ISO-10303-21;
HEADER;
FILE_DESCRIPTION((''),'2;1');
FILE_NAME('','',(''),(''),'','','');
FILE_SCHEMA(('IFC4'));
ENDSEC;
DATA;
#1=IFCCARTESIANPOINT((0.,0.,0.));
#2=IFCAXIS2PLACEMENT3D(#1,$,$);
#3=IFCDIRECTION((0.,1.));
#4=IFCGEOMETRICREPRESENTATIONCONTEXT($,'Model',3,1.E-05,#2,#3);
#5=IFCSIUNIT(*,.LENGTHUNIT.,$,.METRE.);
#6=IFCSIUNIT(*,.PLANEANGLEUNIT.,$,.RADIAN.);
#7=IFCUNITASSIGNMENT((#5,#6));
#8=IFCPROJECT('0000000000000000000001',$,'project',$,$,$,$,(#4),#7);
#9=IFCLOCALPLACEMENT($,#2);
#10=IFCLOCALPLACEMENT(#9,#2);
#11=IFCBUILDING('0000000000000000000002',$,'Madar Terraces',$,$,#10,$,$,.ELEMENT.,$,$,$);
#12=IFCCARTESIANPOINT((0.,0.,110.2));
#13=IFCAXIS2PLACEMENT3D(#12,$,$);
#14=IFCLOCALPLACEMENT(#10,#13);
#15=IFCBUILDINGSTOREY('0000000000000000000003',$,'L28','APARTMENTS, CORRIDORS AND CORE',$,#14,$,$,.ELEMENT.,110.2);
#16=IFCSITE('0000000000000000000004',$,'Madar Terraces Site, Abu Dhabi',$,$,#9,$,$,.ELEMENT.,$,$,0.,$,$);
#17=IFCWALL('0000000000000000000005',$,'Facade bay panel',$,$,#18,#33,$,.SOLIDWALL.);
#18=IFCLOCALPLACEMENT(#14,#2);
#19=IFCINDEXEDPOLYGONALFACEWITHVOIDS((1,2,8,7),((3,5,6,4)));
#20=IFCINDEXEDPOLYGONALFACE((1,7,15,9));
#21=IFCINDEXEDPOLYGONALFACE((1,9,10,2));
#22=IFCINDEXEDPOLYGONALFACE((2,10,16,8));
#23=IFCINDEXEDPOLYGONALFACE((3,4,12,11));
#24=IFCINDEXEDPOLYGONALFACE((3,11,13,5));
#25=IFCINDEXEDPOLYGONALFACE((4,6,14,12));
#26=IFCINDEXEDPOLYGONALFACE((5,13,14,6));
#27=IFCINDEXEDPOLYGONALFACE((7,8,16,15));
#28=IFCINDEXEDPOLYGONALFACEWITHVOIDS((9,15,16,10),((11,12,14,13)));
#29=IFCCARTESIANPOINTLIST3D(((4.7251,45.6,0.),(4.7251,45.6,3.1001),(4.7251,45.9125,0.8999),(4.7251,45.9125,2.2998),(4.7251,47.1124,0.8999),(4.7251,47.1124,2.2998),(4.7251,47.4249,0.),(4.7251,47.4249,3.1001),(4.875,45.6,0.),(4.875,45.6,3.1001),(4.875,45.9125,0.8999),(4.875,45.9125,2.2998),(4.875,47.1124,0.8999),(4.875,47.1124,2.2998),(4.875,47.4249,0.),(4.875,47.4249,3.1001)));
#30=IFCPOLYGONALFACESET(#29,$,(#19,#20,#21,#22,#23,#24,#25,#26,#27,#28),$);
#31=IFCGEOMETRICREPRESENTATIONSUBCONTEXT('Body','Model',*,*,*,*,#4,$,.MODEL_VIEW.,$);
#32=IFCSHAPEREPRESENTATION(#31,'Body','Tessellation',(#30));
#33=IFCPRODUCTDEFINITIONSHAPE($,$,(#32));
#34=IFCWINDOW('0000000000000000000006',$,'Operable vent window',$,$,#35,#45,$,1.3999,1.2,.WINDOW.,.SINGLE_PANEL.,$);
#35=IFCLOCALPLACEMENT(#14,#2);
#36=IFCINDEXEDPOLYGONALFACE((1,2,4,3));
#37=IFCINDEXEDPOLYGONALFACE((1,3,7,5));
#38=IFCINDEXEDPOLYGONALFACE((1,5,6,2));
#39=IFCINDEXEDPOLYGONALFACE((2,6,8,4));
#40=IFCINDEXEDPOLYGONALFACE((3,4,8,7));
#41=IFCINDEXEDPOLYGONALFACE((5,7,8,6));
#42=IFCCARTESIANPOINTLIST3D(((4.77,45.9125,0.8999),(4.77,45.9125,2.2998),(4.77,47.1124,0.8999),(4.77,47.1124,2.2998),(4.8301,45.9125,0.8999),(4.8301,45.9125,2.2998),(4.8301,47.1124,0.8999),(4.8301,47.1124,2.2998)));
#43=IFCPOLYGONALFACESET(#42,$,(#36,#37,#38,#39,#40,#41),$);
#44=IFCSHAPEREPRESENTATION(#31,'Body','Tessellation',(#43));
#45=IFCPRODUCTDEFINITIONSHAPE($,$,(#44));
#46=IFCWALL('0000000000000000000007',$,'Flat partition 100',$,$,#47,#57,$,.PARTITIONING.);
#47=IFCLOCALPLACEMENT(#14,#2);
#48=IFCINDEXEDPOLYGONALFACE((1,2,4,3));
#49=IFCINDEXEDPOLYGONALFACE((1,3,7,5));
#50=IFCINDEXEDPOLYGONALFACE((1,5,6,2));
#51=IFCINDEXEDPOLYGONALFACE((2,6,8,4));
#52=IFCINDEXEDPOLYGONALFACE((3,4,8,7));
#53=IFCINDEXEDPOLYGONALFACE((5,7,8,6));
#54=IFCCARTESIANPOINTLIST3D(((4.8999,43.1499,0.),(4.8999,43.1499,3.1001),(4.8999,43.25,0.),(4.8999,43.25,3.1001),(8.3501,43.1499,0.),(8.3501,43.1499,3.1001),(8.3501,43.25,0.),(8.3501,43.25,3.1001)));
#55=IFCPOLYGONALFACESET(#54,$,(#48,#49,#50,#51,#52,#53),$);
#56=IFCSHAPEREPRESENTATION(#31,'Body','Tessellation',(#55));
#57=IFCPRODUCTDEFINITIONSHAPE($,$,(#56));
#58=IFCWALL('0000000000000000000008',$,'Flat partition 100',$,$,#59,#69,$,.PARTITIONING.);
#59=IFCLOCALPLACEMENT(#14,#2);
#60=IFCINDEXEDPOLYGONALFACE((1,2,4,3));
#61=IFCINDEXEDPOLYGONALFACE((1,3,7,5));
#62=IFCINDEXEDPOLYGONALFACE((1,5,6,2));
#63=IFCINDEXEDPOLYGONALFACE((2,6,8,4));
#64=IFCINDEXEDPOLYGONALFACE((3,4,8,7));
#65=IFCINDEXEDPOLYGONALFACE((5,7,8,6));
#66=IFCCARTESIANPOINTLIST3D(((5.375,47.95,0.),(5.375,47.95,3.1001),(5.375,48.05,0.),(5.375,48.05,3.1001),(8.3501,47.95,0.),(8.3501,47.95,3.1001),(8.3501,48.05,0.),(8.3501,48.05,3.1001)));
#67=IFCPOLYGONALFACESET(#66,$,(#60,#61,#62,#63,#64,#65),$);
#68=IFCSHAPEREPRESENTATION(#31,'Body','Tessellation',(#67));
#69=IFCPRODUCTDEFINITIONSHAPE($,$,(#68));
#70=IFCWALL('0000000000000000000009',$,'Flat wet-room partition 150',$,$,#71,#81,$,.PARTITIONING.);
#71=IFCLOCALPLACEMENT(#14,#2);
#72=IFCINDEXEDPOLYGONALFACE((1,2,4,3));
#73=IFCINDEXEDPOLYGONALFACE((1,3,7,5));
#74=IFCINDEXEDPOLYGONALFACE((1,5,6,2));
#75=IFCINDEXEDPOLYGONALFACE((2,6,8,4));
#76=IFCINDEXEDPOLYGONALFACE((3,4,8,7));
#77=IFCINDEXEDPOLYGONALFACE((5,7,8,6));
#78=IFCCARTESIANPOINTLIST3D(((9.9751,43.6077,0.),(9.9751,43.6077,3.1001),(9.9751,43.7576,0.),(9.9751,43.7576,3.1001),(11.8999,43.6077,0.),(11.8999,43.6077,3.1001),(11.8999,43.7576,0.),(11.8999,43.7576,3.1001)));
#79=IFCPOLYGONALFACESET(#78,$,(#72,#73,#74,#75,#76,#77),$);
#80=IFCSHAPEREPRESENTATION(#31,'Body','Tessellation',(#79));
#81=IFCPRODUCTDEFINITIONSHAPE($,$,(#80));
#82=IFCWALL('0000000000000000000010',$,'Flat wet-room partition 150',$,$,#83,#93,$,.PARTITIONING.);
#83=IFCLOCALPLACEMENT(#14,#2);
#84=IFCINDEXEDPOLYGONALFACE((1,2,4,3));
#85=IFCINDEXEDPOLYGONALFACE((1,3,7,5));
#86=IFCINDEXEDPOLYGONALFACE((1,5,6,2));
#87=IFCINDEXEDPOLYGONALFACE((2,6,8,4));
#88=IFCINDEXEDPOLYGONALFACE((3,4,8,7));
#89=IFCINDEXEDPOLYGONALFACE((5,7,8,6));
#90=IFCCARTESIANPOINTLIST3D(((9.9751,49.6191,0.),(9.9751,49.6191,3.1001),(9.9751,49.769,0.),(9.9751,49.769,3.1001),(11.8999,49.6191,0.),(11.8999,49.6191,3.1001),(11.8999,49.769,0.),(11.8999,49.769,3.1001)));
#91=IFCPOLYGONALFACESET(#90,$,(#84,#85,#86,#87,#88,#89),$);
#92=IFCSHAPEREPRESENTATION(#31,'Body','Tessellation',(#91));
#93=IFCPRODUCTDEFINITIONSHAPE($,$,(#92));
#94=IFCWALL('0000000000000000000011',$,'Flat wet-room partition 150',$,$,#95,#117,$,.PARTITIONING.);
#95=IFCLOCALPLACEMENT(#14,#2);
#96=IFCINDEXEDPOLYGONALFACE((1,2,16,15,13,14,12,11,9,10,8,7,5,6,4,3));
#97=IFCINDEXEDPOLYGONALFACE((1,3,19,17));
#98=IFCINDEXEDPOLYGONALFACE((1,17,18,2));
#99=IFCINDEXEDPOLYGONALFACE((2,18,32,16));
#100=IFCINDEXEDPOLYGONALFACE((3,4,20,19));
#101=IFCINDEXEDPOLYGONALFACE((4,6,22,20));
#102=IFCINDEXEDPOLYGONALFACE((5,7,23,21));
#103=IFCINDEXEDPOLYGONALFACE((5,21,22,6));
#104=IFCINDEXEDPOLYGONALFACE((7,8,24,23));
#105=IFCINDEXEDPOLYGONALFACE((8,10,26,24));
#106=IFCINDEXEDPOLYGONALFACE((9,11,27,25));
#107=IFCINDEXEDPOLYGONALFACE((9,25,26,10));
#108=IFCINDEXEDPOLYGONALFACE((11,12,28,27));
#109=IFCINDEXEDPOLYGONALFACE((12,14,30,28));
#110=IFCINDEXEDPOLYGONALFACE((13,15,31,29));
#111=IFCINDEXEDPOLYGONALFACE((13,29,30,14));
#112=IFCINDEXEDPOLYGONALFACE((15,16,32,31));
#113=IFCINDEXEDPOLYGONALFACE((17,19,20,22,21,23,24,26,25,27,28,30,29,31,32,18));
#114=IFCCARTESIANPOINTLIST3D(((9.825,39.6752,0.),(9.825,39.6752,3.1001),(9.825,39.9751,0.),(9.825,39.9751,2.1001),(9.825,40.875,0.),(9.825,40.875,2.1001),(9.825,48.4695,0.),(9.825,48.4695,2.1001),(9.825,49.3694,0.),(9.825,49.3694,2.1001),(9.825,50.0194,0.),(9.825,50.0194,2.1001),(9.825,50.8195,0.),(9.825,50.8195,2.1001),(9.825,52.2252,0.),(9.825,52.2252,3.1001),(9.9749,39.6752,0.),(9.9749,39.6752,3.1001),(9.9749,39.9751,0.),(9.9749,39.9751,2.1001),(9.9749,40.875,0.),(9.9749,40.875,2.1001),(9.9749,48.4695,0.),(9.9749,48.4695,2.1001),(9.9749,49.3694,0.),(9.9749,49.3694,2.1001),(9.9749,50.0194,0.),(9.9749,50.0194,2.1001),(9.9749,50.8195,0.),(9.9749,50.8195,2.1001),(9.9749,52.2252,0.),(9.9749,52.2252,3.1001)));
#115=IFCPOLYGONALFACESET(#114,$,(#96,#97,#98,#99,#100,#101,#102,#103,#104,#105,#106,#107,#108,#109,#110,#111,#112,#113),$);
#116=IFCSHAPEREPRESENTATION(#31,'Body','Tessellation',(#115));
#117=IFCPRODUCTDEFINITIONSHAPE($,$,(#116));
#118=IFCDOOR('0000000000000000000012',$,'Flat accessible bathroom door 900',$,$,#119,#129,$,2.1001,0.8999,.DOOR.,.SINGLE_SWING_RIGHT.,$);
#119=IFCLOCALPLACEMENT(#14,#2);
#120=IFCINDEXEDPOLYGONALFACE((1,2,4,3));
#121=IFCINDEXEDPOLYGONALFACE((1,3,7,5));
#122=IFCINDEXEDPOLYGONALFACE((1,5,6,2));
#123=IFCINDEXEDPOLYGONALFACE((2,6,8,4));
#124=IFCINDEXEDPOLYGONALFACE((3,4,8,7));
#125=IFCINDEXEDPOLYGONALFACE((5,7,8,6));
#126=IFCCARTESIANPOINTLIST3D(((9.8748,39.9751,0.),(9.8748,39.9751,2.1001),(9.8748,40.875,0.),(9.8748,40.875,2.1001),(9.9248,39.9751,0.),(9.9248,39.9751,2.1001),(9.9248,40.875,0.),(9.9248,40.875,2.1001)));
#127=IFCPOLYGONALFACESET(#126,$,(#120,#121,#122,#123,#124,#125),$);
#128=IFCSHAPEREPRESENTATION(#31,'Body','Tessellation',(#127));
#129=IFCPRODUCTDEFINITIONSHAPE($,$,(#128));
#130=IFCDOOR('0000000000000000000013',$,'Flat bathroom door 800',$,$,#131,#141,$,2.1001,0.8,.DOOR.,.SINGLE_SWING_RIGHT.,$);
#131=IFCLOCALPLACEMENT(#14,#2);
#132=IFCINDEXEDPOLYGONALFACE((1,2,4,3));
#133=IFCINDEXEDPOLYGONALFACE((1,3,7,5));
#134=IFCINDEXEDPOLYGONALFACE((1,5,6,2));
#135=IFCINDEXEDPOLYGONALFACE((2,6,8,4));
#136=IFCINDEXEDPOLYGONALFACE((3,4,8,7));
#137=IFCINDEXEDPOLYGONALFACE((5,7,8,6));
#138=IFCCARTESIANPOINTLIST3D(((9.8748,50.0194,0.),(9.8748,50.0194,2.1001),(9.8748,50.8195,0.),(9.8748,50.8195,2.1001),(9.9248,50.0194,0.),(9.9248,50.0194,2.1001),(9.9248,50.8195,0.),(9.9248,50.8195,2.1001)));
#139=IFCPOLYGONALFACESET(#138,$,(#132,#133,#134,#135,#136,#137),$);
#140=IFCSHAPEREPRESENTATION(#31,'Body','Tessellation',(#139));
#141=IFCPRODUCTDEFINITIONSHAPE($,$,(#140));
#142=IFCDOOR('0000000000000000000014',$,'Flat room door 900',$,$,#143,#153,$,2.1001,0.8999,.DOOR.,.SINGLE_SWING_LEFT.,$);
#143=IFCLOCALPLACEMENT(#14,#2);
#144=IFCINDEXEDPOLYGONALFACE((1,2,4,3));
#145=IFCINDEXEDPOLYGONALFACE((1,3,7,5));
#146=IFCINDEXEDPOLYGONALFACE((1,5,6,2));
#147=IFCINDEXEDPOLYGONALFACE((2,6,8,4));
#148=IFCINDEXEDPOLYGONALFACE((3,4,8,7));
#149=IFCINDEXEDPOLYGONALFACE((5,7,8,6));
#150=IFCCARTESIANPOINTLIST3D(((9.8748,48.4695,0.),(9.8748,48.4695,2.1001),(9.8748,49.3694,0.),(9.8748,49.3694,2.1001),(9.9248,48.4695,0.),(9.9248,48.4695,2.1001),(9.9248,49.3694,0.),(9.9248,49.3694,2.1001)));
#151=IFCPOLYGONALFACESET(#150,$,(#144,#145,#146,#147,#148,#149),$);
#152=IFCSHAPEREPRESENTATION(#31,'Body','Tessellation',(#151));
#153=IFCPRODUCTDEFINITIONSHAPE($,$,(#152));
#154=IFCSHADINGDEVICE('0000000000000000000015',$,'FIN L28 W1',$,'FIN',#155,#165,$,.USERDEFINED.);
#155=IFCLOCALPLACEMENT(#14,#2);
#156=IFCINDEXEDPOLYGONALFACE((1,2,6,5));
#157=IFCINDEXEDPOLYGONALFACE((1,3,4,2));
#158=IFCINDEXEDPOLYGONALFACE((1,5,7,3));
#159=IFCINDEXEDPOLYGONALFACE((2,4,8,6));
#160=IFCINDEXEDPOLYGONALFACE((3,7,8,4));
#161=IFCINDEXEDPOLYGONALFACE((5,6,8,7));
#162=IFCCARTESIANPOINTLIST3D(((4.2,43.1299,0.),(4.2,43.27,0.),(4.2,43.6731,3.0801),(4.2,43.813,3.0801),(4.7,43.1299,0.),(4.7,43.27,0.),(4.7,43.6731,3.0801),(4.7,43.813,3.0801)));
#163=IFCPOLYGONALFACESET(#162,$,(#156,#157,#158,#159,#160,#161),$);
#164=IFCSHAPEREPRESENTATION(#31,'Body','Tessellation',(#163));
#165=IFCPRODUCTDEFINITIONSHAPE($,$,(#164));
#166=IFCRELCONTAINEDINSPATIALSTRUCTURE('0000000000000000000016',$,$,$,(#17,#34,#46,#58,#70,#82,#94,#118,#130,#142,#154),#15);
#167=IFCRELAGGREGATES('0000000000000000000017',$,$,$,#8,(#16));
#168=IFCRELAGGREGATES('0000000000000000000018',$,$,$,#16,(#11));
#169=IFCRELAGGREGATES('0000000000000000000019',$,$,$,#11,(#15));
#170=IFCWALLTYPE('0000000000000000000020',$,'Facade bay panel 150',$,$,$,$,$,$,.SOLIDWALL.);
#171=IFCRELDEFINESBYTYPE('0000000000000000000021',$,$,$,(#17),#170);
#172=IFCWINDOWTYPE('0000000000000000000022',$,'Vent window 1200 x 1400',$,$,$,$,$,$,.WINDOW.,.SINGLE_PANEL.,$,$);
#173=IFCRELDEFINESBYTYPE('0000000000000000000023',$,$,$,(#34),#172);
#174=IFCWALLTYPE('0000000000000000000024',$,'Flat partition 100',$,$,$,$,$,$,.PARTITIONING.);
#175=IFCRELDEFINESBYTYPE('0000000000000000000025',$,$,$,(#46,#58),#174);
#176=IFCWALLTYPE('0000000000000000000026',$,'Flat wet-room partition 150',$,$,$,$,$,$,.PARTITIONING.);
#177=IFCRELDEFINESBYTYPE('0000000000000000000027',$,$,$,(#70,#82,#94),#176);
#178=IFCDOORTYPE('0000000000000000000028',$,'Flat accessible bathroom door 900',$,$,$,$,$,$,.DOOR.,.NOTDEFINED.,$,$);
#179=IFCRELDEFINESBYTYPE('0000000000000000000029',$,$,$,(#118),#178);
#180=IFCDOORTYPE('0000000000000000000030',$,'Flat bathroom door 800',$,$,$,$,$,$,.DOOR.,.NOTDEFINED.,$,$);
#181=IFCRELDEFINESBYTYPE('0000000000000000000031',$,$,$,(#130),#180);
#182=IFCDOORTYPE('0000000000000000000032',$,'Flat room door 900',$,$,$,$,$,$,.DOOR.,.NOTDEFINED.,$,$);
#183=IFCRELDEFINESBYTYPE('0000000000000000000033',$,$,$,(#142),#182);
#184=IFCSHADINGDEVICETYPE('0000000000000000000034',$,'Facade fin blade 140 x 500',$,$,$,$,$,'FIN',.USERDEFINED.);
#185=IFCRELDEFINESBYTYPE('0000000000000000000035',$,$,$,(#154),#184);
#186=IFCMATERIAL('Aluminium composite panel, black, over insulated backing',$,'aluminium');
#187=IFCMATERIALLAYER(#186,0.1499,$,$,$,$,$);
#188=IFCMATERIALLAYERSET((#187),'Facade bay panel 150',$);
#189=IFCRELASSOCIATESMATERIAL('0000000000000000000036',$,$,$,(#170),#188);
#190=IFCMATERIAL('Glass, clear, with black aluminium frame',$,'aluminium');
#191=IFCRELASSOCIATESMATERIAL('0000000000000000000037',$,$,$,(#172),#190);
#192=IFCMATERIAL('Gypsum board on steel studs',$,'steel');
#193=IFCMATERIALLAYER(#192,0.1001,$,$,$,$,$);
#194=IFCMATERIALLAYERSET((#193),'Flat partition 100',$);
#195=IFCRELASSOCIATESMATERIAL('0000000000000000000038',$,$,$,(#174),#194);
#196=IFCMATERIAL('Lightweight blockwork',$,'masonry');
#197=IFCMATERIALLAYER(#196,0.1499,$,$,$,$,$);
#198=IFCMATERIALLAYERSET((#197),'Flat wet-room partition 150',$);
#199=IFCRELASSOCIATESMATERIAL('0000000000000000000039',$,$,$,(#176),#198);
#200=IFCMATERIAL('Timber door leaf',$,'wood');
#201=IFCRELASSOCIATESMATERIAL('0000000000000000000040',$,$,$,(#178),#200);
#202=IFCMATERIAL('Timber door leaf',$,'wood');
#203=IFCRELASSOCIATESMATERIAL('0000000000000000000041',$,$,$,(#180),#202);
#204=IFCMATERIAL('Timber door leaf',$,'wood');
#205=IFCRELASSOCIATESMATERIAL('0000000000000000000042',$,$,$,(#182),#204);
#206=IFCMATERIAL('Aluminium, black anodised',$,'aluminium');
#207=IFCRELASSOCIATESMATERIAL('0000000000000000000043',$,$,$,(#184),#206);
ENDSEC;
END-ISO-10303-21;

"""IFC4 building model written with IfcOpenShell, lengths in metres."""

from ifc_helpers import new_model, si_unit, direction, frame, frame_2d, origin, place, context, subcontext, project, spatial, polyline, rectangle, outline, extrude, material, layer, layer_set, type_object, element, fill, save


model = new_model("IFC4")

# Units and contexts
model_context = context("Model", 3, precision=1e-05, world=origin(), true_north=direction((0.0, 1.0)))
body_context = subcontext(model_context, "Body", "Model", "MODEL_VIEW")
ifc_project = project(units=[si_unit("LENGTHUNIT", "METRE"), si_unit("PLANEANGLEUNIT", "RADIAN")], contexts=[model_context])

# Site, building, storey
site_placement = place(None, origin())
site = spatial("IfcSite", under=ifc_project, at=site_placement, Name="Madar Terraces Site, Abu Dhabi", CompositionType="ELEMENT", RefElevation=0.0)
building_placement = place(site_placement, origin())
building = spatial("IfcBuilding", under=site, at=building_placement, Name="Madar Terraces", CompositionType="ELEMENT")
storey_placement = place(building_placement, frame((0.0, 0.0, 110.2)))
storey = spatial("IfcBuildingStorey", under=building, at=storey_placement, Name="L28", Description="APARTMENTS, CORRIDORS AND CORE", CompositionType="ELEMENT", Elevation=110.2)

# Wall, opening, window
ifc_material_1 = material(Name="Aluminium composite panel, black, over insulated backing", Category="aluminium")
ifc_layer_1 = layer(ifc_material_1, 0.1499)
ifc_layer_set_1 = layer_set([ifc_layer_1], Name="Facade bay panel 150")
wall_type_1 = type_object("IfcWallType", Name="Facade bay panel 150", PredefinedType="SOLIDWALL", material=ifc_layer_set_1)
wall_1_placement = place(storey_placement, frame((4.8, 47.425, 0.0), z_axis=(0.0, 0.0, 1.0), x_axis=(0.0, -1.0, 0.0)))
wall_1 = element("IfcWall", 1, at=wall_1_placement, inside=storey, type_object=wall_type_1, Name="Facade bay panel", PredefinedType="SOLIDWALL", context=body_context, shape_type="SweptSolid", body=[
    extrude(rectangle(XDim=1.825, YDim=0.1499, at=frame_2d((0.9126, 0.0))), origin(), (0.0, 0.0, 1.0), 3.1001),
])
opening_1_placement = place(wall_1_placement, frame((0.3125, 0.0, 0.8999)))
opening_1 = element("IfcOpeningElement", 2, at=opening_1_placement, cuts=wall_1, PredefinedType="OPENING", context=body_context, shape_type="SweptSolid", body=[
    extrude(rectangle(XDim=1.2, YDim=1.3999, at=frame_2d((0.6001, 0.7))), frame((0.0, 0.085, 0.0), z_axis=(0.0, -1.0, 0.0), x_axis=(1.0, 0.0, 0.0)), (0.0, 0.0, 1.0), 0.1699),
])
ifc_material_2 = material(Name="Glass, clear, with black aluminium frame", Category="aluminium")
window_type = type_object("IfcWindowType", Name="Vent window 1200 x 1400", PartitioningType="SINGLE_PANEL", PredefinedType="WINDOW", material=ifc_material_2)
window_placement = place(opening_1_placement, origin())
window = element("IfcWindow", 3, at=window_placement, inside=storey, type_object=window_type, Name="Operable vent window", OverallHeight=1.3999, OverallWidth=1.2, PartitioningType="SINGLE_PANEL", PredefinedType="WINDOW", context=body_context, shape_type="SweptSolid", body=[
    extrude(rectangle(XDim=1.2, YDim=1.3999, at=frame_2d((0.6001, 0.7))), frame((0.0, 0.03, 0.0), z_axis=(0.0, -1.0, 0.0), x_axis=(1.0, 0.0, 0.0)), (0.0, 0.0, 1.0), 0.0601),
])
fill(opening_1, window)

# Walls
ifc_material_3 = material(Name="Gypsum board on steel studs", Category="steel")
ifc_layer_2 = layer(ifc_material_3, 0.1001)
ifc_layer_set_2 = layer_set([ifc_layer_2], Name="Flat partition 100")
wall_type_2 = type_object("IfcWallType", Name="Flat partition 100", PredefinedType="PARTITIONING", material=ifc_layer_set_2)
wall_2_placement = place(storey_placement, frame((8.3501, 43.2, 0.0), z_axis=(0.0, 0.0, 1.0), x_axis=(-1.0, 0.0, 0.0)))
element("IfcWall", 4, at=wall_2_placement, inside=storey, type_object=wall_type_2, Name="Flat partition 100", PredefinedType="PARTITIONING", context=body_context, shape_type="SweptSolid", body=[
    extrude(rectangle(XDim=3.4502, YDim=0.1001, at=frame_2d((1.7251, 0.0))), origin(), (0.0, 0.0, 1.0), 3.1001),
])
wall_3_placement = place(storey_placement, frame((8.3501, 48.0, 0.0), z_axis=(0.0, 0.0, 1.0), x_axis=(-1.0, 0.0, 0.0)))
element("IfcWall", 5, at=wall_3_placement, inside=storey, type_object=wall_type_2, Name="Flat partition 100", PredefinedType="PARTITIONING", context=body_context, shape_type="SweptSolid", body=[
    extrude(rectangle(XDim=2.9751, YDim=0.1001, at=frame_2d((1.4875, 0.0))), origin(), (0.0, 0.0, 1.0), 3.1001),
])
ifc_material_4 = material(Name="Lightweight blockwork", Category="masonry")
ifc_layer_3 = layer(ifc_material_4, 0.1499)
ifc_layer_set_3 = layer_set([ifc_layer_3], Name="Flat wet-room partition 150")
wall_type_3 = type_object("IfcWallType", Name="Flat wet-room partition 150", PredefinedType="PARTITIONING", material=ifc_layer_set_3)
for number, where, z_axis, x_axis, name in (
    (6, (11.8999, 43.6826, 0.0), (0.0, 0.0, 1.0), (-1.0, 0.0, 0.0), "Flat wet-room partition 150"),
    (7, (11.8999, 49.6941, 0.0), (0.0, 0.0, 1.0), (-1.0, 0.0, 0.0), "Flat wet-room partition 150"),
):
    element("IfcWall", number, at=place(storey_placement, frame(where, z_axis=z_axis, x_axis=x_axis)), inside=storey, type_object=wall_type_3, Name=name, PredefinedType="PARTITIONING", context=body_context, shape_type="SweptSolid", body=[
        extrude(rectangle(XDim=1.9248, YDim=0.1499, at=frame_2d((0.9624, 0.0))), origin(), (0.0, 0.0, 1.0), 3.1001),
    ])

# Wall, openings, doors
wall_4_placement = place(storey_placement, frame((9.8999, 52.2251, 0.0), z_axis=(0.0, 0.0, 1.0), x_axis=(0.0, -1.0, 0.0)))
wall_4 = element("IfcWall", 8, at=wall_4_placement, inside=storey, type_object=wall_type_3, Name="Flat wet-room partition 150", PredefinedType="PARTITIONING", context=body_context, shape_type="SweptSolid", body=[
    extrude(rectangle(XDim=12.55, YDim=0.1499, at=frame_2d((6.2749, 0.0))), origin(), (0.0, 0.0, 1.0), 3.1001),
])
opening_2_placement = place(wall_4_placement, frame((11.3501, 0.0, 0.0)))
opening_2 = element("IfcOpeningElement", 9, at=opening_2_placement, cuts=wall_4, PredefinedType="OPENING", context=body_context, shape_type="SweptSolid", body=[
    extrude(rectangle(XDim=0.8999, YDim=2.1001, at=frame_2d((0.45, 1.05))), frame((0.0, 0.085, 0.0), z_axis=(0.0, -1.0, 0.0), x_axis=(1.0, 0.0, 0.0)), (0.0, 0.0, 1.0), 0.1699),
])
opening_3_placement = place(wall_4_placement, frame((2.8557, 0.0, 0.0)))
opening_3 = element("IfcOpeningElement", 10, at=opening_3_placement, cuts=wall_4, PredefinedType="OPENING", context=body_context, shape_type="SweptSolid", body=[
    extrude(rectangle(XDim=0.8999, YDim=2.1001, at=frame_2d((0.45, 1.05))), frame((0.0, 0.085, 0.0), z_axis=(0.0, -1.0, 0.0), x_axis=(1.0, 0.0, 0.0)), (0.0, 0.0, 1.0), 0.1699),
])
opening_4_placement = place(wall_4_placement, frame((1.4058, 0.0, 0.0)))
opening_4 = element("IfcOpeningElement", 11, at=opening_4_placement, cuts=wall_4, PredefinedType="OPENING", context=body_context, shape_type="SweptSolid", body=[
    extrude(rectangle(XDim=0.8, YDim=2.1001, at=frame_2d((0.3999, 1.05))), frame((0.0, 0.085, 0.0), z_axis=(0.0, -1.0, 0.0), x_axis=(1.0, 0.0, 0.0)), (0.0, 0.0, 1.0), 0.1699),
])
ifc_material_5 = material(Name="Timber door leaf", Category="wood")
door_type_1 = type_object("IfcDoorType", Name="Flat accessible bathroom door 900", OperationType="NOTDEFINED", PredefinedType="DOOR", material=ifc_material_5)
door_1_placement = place(opening_2_placement, origin())
door_1 = element("IfcDoor", 12, at=door_1_placement, inside=storey, type_object=door_type_1, Name="Flat accessible bathroom door 900", OperationType="SINGLE_SWING_RIGHT", OverallHeight=2.1001, OverallWidth=0.8999, PredefinedType="DOOR", context=body_context, shape_type="SweptSolid", body=[
    extrude(rectangle(XDim=0.8999, YDim=2.1001, at=frame_2d((0.45, 1.05))), frame((0.0, 0.0249, 0.0), z_axis=(0.0, -1.0, 0.0), x_axis=(1.0, 0.0, 0.0)), (0.0, 0.0, 1.0), 0.05),
])
fill(opening_2, door_1)
ifc_material_6 = material(Name="Timber door leaf", Category="wood")
door_type_2 = type_object("IfcDoorType", Name="Flat bathroom door 800", OperationType="NOTDEFINED", PredefinedType="DOOR", material=ifc_material_6)
door_2_placement = place(opening_4_placement, origin())
door_2 = element("IfcDoor", 13, at=door_2_placement, inside=storey, type_object=door_type_2, Name="Flat bathroom door 800", OperationType="SINGLE_SWING_RIGHT", OverallHeight=2.1001, OverallWidth=0.8, PredefinedType="DOOR", context=body_context, shape_type="SweptSolid", body=[
    extrude(rectangle(XDim=0.8, YDim=2.1001, at=frame_2d((0.3999, 1.05))), frame((0.0, 0.0249, 0.0), z_axis=(0.0, -1.0, 0.0), x_axis=(1.0, 0.0, 0.0)), (0.0, 0.0, 1.0), 0.05),
])
fill(opening_4, door_2)
ifc_material_7 = material(Name="Timber door leaf", Category="wood")
door_type_3 = type_object("IfcDoorType", Name="Flat room door 900", OperationType="NOTDEFINED", PredefinedType="DOOR", material=ifc_material_7)
door_3_placement = place(opening_3_placement, origin())
door_3 = element("IfcDoor", 14, at=door_3_placement, inside=storey, type_object=door_type_3, Name="Flat room door 900", OperationType="SINGLE_SWING_LEFT", OverallHeight=2.1001, OverallWidth=0.8999, PredefinedType="DOOR", context=body_context, shape_type="SweptSolid", body=[
    extrude(rectangle(XDim=0.8999, YDim=2.1001, at=frame_2d((0.45, 1.05))), frame((0.0, 0.0249, 0.0), z_axis=(0.0, -1.0, 0.0), x_axis=(1.0, 0.0, 0.0)), (0.0, 0.0, 1.0), 0.05),
])
fill(opening_3, door_3)

# Shading device
ifc_material_8 = material(Name="Aluminium, black anodised", Category="aluminium")
shading_device_type = type_object("IfcShadingDeviceType", Name="Facade fin blade 140 x 500", ElementType="FIN", PredefinedType="USERDEFINED", material=ifc_material_8)
shading_device_1_placement = place(storey_placement, frame((4.45, 43.27, 0.0), z_axis=(0.0, 0.0, 1.0), x_axis=(0.0, -1.0, 0.0)))
element("IfcShadingDevice", 15, at=shading_device_1_placement, inside=storey, type_object=shading_device_type, Name="FIN L28 W1", ObjectType="FIN", PredefinedType="USERDEFINED", context=body_context, shape_type="SweptSolid", body=[
    extrude(outline(polyline([(0.0, 0.0), (0.1401, 0.0), (-0.4031, 3.0801), (-0.543, 3.0801), (0.0, 0.0)])), frame((0.0, 0.25, 0.0), z_axis=(0.0, -1.0, 0.0), x_axis=(1.0, 0.0, 0.0)), (0.0, 0.0, 1.0), 0.5),
])

save(model, "model.ifc")
